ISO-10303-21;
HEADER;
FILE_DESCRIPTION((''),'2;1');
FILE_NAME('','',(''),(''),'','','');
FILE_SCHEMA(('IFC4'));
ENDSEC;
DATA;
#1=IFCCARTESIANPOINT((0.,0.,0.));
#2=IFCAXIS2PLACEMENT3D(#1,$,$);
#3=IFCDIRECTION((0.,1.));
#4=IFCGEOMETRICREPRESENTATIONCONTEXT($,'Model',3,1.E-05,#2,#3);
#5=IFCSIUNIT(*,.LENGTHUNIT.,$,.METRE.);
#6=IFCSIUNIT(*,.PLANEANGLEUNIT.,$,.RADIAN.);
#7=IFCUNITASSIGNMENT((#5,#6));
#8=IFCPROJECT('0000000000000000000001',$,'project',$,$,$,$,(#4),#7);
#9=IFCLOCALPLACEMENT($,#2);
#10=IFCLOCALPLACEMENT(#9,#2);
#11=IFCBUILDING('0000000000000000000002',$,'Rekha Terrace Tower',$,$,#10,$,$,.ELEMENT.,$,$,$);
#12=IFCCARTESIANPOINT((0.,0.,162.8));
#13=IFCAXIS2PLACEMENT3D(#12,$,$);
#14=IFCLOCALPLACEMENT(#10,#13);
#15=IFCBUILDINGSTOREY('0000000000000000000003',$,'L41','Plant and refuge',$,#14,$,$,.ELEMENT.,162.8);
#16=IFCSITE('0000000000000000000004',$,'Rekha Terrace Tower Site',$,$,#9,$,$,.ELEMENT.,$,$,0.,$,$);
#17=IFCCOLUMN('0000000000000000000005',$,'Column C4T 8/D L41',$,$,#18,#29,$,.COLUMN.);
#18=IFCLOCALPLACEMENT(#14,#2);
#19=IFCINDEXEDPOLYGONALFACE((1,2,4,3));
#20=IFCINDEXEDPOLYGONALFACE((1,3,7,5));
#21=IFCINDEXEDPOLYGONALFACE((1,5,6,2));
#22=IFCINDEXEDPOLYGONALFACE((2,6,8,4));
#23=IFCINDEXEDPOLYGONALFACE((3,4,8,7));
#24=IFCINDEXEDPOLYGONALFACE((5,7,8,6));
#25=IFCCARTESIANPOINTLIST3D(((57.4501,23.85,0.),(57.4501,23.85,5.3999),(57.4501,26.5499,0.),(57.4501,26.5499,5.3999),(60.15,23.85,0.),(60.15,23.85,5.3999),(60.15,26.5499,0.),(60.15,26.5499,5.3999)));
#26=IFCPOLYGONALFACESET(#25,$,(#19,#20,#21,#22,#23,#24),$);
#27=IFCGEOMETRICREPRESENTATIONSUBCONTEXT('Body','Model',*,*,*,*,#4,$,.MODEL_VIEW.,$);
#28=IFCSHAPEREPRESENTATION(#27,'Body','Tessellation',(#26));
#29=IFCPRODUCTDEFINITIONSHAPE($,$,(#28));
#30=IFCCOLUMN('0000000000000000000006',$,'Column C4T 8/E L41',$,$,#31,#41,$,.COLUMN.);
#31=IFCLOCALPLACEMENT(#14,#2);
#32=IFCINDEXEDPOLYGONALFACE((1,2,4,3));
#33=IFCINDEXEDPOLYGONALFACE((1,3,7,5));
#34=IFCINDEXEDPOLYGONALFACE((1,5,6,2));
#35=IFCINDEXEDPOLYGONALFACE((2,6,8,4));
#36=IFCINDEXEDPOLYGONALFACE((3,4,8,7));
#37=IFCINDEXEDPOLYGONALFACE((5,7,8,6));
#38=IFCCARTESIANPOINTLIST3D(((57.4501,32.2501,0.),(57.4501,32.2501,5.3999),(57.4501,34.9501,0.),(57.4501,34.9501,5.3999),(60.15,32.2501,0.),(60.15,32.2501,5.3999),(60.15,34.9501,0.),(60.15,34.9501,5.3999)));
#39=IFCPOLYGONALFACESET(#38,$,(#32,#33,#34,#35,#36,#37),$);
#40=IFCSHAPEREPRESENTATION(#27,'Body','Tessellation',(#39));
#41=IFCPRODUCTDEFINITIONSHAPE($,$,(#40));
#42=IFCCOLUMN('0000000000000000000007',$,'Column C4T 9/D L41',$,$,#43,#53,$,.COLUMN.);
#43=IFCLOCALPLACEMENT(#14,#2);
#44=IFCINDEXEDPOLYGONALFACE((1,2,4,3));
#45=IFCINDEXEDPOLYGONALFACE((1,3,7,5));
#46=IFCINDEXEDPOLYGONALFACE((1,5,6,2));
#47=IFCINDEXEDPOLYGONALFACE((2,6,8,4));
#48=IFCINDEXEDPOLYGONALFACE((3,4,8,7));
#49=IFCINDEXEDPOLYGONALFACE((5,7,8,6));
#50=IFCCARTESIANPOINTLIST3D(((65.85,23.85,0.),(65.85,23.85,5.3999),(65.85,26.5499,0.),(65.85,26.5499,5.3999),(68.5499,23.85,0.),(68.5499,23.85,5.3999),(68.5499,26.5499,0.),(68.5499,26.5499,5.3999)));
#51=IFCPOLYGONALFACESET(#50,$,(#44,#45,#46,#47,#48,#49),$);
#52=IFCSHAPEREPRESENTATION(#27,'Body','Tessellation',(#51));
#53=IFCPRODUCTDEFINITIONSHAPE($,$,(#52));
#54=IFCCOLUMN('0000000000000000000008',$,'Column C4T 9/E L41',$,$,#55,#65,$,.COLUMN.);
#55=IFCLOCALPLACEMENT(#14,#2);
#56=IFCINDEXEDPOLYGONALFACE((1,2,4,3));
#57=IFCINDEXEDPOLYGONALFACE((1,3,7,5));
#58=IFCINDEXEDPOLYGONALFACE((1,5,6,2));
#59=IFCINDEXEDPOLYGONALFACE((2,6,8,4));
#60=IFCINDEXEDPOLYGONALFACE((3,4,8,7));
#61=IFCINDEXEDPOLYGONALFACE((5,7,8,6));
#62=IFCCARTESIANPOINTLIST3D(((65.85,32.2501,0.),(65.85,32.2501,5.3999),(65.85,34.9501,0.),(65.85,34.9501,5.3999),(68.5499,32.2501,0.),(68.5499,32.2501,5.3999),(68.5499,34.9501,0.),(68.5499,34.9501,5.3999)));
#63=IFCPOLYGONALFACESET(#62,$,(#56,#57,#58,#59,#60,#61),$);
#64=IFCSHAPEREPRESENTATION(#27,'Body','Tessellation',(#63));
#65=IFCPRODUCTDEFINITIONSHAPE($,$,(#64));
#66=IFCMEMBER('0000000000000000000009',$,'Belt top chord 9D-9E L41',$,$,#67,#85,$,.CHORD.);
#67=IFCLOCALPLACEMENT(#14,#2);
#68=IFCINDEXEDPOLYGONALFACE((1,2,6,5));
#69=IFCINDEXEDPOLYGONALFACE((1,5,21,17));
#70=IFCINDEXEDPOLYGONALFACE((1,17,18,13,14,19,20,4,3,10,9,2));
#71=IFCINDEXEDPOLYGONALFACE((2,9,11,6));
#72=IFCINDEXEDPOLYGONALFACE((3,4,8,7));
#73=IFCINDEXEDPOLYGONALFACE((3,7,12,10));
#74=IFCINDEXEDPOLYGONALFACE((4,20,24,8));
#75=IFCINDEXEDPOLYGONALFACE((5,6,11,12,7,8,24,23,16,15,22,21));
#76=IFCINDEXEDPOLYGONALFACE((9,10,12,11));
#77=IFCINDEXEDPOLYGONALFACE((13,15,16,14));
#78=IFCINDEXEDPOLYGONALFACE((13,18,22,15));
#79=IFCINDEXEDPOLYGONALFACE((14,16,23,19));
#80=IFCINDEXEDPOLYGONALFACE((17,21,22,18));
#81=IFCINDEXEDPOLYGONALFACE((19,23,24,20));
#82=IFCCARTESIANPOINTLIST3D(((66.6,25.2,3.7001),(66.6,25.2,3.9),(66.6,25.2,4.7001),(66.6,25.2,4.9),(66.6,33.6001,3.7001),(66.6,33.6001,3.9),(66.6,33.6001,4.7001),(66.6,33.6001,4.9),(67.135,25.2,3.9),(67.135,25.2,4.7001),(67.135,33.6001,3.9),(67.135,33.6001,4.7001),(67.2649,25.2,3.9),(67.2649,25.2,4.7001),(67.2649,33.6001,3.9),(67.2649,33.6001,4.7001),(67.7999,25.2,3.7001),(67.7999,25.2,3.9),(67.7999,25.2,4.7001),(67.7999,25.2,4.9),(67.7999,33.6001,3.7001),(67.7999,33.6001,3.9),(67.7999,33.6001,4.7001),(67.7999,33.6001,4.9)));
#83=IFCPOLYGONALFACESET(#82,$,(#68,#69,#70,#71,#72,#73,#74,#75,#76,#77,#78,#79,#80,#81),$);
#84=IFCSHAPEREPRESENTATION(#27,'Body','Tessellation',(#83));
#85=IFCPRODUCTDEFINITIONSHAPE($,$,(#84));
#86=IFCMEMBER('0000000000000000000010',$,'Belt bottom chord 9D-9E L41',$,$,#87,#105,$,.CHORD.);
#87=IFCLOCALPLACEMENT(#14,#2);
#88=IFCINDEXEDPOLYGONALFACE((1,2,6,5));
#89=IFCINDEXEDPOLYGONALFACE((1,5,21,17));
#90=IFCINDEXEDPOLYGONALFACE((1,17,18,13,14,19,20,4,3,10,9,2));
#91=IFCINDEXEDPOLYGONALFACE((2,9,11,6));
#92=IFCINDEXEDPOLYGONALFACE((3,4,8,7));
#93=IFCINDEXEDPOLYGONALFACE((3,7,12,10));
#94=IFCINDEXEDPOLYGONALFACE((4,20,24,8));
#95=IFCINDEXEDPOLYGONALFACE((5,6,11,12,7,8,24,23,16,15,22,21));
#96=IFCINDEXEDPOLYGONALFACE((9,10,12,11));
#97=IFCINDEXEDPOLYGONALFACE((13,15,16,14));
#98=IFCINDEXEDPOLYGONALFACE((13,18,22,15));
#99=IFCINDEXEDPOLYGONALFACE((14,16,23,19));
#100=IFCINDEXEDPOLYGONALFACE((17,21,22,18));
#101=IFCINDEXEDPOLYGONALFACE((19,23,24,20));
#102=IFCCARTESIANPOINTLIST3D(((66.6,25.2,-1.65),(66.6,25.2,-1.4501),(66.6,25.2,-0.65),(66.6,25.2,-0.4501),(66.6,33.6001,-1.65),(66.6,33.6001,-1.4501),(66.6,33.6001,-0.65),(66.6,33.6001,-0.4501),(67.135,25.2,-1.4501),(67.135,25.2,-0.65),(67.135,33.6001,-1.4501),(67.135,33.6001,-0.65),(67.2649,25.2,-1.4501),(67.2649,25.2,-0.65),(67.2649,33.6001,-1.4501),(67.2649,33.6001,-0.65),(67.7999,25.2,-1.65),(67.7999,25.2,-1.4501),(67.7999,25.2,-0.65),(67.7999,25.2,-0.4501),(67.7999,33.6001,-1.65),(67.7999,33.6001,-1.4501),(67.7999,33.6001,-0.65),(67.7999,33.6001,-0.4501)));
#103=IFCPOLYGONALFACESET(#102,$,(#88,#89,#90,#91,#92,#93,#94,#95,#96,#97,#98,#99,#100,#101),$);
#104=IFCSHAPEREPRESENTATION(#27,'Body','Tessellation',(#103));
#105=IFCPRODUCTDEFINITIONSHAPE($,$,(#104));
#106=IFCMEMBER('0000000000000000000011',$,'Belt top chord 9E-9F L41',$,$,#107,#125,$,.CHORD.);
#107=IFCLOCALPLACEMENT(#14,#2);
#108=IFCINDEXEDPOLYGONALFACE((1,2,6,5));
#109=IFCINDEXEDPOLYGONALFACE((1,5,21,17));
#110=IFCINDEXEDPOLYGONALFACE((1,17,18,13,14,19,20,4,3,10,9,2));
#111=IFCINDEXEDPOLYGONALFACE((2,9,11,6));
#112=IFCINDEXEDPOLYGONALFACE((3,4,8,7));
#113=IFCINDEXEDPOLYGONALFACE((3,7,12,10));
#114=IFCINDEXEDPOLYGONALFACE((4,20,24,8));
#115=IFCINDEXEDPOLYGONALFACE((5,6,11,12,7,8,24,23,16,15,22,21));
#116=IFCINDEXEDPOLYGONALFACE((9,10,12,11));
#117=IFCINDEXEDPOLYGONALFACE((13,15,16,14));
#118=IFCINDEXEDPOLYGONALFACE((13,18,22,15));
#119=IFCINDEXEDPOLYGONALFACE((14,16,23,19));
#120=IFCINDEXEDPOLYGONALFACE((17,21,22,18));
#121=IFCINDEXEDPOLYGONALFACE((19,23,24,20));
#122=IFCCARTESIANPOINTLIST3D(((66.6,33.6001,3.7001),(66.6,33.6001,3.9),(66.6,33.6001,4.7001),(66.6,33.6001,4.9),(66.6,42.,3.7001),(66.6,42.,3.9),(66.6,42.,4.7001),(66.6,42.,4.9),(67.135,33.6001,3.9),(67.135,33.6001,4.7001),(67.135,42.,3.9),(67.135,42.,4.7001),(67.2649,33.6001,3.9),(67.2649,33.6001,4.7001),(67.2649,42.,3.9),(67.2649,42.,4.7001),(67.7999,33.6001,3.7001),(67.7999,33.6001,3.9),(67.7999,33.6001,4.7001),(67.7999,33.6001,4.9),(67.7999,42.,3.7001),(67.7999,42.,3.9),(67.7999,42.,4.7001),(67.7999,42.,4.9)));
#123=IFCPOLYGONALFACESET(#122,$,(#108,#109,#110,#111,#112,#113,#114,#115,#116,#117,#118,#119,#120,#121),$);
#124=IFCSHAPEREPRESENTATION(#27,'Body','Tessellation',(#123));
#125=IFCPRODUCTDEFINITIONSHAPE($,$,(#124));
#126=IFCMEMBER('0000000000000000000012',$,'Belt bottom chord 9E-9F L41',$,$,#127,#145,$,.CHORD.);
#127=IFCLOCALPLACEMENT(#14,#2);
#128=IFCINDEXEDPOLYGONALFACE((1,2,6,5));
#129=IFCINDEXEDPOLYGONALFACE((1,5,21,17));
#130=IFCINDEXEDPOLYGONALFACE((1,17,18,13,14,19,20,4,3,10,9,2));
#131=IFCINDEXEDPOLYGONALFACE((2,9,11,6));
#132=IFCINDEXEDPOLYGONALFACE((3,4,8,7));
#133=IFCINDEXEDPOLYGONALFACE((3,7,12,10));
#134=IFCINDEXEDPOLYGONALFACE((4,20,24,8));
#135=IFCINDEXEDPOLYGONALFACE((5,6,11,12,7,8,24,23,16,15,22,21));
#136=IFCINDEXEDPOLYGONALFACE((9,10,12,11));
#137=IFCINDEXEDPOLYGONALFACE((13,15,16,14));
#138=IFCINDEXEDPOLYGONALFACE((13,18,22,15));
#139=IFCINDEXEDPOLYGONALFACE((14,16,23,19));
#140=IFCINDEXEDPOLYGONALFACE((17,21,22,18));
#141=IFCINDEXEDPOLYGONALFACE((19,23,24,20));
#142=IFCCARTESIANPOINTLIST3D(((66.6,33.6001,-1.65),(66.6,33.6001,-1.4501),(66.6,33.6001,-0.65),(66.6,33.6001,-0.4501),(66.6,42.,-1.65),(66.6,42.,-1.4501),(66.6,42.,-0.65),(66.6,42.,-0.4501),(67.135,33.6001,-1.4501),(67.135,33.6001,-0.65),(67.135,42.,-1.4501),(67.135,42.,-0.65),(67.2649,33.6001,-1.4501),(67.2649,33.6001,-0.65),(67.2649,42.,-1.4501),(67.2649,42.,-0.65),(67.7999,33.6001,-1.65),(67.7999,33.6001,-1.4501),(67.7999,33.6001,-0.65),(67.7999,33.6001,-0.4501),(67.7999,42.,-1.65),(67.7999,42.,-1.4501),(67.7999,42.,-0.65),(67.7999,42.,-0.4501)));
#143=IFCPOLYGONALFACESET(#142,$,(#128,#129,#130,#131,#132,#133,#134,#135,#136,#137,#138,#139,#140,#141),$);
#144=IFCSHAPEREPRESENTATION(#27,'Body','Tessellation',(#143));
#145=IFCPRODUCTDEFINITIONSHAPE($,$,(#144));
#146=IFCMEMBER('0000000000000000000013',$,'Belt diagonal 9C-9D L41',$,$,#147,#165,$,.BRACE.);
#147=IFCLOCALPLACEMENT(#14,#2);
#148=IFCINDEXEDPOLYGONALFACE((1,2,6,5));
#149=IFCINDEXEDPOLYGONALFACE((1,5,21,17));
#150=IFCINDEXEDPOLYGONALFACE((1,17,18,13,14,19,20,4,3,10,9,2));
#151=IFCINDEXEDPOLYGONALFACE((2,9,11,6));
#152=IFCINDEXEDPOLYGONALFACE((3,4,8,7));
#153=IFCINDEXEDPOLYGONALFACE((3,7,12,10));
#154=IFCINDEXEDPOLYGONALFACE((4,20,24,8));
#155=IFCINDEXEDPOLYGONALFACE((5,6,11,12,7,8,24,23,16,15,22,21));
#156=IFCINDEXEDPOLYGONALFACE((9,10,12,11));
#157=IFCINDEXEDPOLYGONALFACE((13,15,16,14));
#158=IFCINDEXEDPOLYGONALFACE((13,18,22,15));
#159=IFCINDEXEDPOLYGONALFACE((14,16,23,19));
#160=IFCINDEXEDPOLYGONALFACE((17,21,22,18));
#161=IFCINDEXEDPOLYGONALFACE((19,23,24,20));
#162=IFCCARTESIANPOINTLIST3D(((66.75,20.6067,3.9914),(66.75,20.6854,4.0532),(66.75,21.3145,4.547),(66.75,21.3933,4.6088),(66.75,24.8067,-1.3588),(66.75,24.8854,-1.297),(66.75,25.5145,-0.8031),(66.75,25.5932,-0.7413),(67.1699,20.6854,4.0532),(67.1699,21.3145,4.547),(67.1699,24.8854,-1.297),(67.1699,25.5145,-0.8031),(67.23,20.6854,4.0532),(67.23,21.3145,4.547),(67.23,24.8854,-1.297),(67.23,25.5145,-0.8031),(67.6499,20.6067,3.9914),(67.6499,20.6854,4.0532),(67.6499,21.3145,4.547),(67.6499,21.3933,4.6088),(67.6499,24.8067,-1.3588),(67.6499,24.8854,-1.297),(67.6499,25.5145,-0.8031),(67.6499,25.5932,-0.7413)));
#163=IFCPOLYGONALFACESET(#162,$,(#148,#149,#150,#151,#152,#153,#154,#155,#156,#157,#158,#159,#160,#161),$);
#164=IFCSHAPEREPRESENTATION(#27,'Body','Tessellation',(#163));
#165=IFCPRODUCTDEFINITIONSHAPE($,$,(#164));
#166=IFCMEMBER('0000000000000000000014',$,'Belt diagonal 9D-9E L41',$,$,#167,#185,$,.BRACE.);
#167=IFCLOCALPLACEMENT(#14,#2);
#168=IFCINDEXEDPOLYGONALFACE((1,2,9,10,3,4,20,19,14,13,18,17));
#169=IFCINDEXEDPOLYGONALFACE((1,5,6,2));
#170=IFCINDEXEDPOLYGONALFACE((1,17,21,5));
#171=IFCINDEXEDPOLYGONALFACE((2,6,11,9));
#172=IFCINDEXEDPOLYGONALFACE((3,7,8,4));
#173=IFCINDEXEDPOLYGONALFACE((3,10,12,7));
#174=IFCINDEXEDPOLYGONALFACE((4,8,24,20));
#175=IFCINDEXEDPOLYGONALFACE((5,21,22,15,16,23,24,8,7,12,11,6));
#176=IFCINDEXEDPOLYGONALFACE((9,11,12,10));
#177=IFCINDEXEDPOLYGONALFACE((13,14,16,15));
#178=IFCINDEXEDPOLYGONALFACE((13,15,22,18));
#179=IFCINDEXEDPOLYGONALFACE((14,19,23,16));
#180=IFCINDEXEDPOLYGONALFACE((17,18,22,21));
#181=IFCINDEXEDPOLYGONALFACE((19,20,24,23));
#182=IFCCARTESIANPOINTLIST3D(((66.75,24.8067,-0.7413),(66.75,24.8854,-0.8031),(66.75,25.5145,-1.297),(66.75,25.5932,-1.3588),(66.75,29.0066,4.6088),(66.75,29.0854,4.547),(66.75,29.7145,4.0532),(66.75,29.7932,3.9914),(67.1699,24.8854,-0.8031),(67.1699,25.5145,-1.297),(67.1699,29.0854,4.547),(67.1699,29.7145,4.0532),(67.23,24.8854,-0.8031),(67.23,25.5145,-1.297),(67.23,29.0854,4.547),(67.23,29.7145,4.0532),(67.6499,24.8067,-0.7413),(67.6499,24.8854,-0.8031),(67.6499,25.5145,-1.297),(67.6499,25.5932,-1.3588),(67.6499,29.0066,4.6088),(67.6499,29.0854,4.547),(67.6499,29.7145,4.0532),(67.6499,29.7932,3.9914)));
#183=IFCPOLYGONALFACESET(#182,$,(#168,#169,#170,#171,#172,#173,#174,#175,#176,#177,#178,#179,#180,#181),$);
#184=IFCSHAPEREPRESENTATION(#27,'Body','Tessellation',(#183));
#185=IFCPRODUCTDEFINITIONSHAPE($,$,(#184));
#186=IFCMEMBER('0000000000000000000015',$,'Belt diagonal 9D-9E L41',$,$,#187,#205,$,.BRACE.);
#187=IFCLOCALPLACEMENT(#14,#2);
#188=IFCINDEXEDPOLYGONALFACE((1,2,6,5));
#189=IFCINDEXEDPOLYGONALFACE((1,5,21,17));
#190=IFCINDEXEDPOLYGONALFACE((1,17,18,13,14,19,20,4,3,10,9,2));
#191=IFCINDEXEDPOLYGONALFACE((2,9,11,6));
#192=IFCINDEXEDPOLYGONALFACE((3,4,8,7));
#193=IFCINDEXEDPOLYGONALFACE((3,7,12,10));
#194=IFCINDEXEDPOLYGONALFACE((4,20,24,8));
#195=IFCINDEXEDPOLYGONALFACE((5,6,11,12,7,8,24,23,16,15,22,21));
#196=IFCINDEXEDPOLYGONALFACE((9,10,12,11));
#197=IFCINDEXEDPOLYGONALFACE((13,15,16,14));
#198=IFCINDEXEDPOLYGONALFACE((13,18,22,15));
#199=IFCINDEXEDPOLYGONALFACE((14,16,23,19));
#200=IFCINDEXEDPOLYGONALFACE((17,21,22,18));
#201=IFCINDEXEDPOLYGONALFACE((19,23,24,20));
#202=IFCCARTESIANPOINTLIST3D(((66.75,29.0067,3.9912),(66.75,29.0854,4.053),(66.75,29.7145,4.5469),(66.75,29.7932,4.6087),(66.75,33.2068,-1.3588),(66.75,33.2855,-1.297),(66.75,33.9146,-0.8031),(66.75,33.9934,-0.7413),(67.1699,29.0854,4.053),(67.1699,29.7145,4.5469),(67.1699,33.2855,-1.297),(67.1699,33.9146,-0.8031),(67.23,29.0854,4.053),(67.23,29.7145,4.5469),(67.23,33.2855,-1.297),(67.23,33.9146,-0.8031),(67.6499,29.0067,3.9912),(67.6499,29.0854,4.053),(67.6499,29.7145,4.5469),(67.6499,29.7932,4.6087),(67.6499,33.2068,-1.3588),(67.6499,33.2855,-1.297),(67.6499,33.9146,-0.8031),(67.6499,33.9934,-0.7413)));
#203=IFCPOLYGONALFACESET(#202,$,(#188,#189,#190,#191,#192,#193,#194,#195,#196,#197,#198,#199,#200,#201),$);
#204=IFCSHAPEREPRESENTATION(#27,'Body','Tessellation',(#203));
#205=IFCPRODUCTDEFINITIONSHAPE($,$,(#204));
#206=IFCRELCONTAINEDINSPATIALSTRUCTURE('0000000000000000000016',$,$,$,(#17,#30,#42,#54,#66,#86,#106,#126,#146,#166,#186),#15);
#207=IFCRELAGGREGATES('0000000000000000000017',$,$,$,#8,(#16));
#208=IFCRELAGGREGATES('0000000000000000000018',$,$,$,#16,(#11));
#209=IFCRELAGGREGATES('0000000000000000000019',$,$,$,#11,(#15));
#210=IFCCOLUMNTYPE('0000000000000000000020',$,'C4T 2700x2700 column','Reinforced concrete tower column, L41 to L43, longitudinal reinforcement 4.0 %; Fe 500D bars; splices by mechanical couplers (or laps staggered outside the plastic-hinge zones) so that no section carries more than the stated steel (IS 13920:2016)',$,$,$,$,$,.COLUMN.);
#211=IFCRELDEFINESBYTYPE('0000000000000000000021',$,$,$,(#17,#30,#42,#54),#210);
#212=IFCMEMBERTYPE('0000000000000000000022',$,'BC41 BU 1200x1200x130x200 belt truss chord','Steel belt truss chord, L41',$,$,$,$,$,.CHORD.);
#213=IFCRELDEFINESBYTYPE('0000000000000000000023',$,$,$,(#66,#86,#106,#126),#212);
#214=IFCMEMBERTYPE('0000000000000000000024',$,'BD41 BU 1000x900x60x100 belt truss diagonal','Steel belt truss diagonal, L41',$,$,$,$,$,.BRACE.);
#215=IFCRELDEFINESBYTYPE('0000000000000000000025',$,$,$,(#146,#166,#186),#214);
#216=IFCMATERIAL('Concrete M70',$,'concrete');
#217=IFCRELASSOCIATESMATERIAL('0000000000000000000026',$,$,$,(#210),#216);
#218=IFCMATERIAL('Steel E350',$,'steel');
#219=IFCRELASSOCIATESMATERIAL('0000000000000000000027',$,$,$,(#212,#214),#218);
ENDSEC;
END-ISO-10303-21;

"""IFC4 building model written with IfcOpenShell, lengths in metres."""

from ifc_helpers import new_model, si_unit, direction, frame, origin, origin_2d, place, context, subcontext, project, spatial, rectangle, i_section, extrude, material, material_profile, profile_set, type_object, element, save


model = new_model("IFC4")

# Units and contexts
model_context = context("Model", 3, precision=1e-05, world=origin(), true_north=direction((0.0, 1.0)))
body_context = subcontext(model_context, "Body", "Model", "MODEL_VIEW")
ifc_project = project(units=[si_unit("LENGTHUNIT", "METRE"), si_unit("PLANEANGLEUNIT", "RADIAN")], contexts=[model_context])

# Site, building, storey
site_placement = place(None, origin())
site = spatial("IfcSite", under=ifc_project, at=site_placement, Name="Rekha Terrace Tower Site", CompositionType="ELEMENT", RefElevation=0.0)
building_placement = place(site_placement, origin())
building = spatial("IfcBuilding", under=site, at=building_placement, Name="Rekha Terrace Tower", CompositionType="ELEMENT")
storey_placement = place(building_placement, frame((0.0, 0.0, 162.8)))
storey = spatial("IfcBuildingStorey", under=building, at=storey_placement, Name="L41", Description="Plant and refuge", CompositionType="ELEMENT", Elevation=162.8)

# Columns
ifc_material_1 = material(Name="Concrete M70", Category="concrete")
ifc_material_profile_1 = material_profile(ifc_material_1, rectangle(XDim=2.7, YDim=2.7, at=origin_2d()), Name="RC 2700x2700")
ifc_profile_set_1 = profile_set([ifc_material_profile_1], Name="Concrete M70")
column_type = type_object("IfcColumnType", Name="C4T 2700x2700 column", Description="Reinforced concrete tower column, L41 to L43, longitudinal reinforcement 4.0 %; Fe 500D bars; splices by mechanical couplers (or laps staggered outside the plastic-hinge zones) so that no section carries more than the stated steel (IS 13920:2016)", PredefinedType="COLUMN", material=ifc_profile_set_1)
for number, where, z_axis, x_axis, name in (
    (1, (58.8, 25.2, 0.0), (0.0, 0.0, 1.0), (1.0, 0.0, 0.0), "Column C4T 8/D L41"),
    (2, (58.8, 33.6001, 0.0), (0.0, 0.0, 1.0), (1.0, 0.0, 0.0), "Column C4T 8/E L41"),
    (3, (67.2, 25.2, 0.0), (0.0, 0.0, 1.0), (1.0, 0.0, 0.0), "Column C4T 9/D L41"),
    (4, (67.2, 33.6001, 0.0), (0.0, 0.0, 1.0), (1.0, 0.0, 0.0), "Column C4T 9/E L41"),
):
    element("IfcColumn", number, at=place(storey_placement, frame(where, z_axis=z_axis, x_axis=x_axis)), inside=storey, type_object=column_type, Name=name, PredefinedType="COLUMN", context=body_context, shape_type="SweptSolid", body=[
        extrude(rectangle(XDim=2.7, YDim=2.7, at=origin_2d()), origin(), (0.0, 0.0, 1.0), 5.3999),
    ])

# Members
ifc_material_2 = material(Name="Steel E350", Category="steel")
ifc_material_profile_2 = material_profile(ifc_material_2, i_section(OverallWidth=1.2, OverallDepth=1.2, WebThickness=0.1299, FlangeThickness=0.2, at=origin_2d()), Name="BU 1200x1200x130x200")
ifc_profile_set_2 = profile_set([ifc_material_profile_2], Name="Steel E350")
member_type_1 = type_object("IfcMemberType", Name="BC41 BU 1200x1200x130x200 belt truss chord", Description="Steel belt truss chord, L41", PredefinedType="CHORD", material=ifc_profile_set_2)
for number, where, z_axis, x_axis, name in (
    (5, (67.2, 25.2, 4.3), (0.0, 1.0, 0.0), (-1.0, 0.0, 0.0), "Belt top chord 9D-9E L41"),
    (6, (67.2, 25.2, -1.05), (0.0, 1.0, 0.0), (-1.0, 0.0, 0.0), "Belt bottom chord 9D-9E L41"),
):
    element("IfcMember", number, at=place(storey_placement, frame(where, z_axis=z_axis, x_axis=x_axis)), inside=storey, type_object=member_type_1, Name=name, PredefinedType="CHORD", context=body_context, shape_type="SweptSolid", body=[
        extrude(i_section(OverallWidth=1.2, OverallDepth=1.2, WebThickness=0.1299, FlangeThickness=0.2, at=origin_2d()), origin(), (0.0, 0.0, 1.0), 8.4001),
    ])
for number, where, z_axis, x_axis, name in (
    (7, (67.2, 33.6001, 4.3), (0.0, 1.0, 0.0), (-1.0, 0.0, 0.0), "Belt top chord 9E-9F L41"),
    (8, (67.2, 33.6001, -1.05), (0.0, 1.0, 0.0), (-1.0, 0.0, 0.0), "Belt bottom chord 9E-9F L41"),
):
    element("IfcMember", number, at=place(storey_placement, frame(where, z_axis=z_axis, x_axis=x_axis)), inside=storey, type_object=member_type_1, Name=name, PredefinedType="CHORD", context=body_context, shape_type="SweptSolid", body=[
        extrude(i_section(OverallWidth=1.2, OverallDepth=1.2, WebThickness=0.1299, FlangeThickness=0.2, at=origin_2d()), origin(), (0.0, 0.0, 1.0), 8.3999),
    ])
ifc_material_profile_3 = material_profile(ifc_material_2, i_section(OverallWidth=0.8999, OverallDepth=1.0, WebThickness=0.0601, FlangeThickness=0.1001, at=origin_2d()), Name="BU 1000x900x60x100")
ifc_profile_set_3 = profile_set([ifc_material_profile_3], Name="Steel E350")
member_type_2 = type_object("IfcMemberType", Name="BD41 BU 1000x900x60x100 belt truss diagonal", Description="Steel belt truss diagonal, L41", PredefinedType="BRACE", material=ifc_profile_set_3)
for number, where, z_axis, x_axis, name in (
    (9, (67.2, 25.2, -1.05), (0.0, -0.617485, 0.786582), (1.0, 0.0, 0.0), "Belt diagonal 9C-9D L41"),
    (10, (67.2, 25.2, -1.05), (0.0, 0.617485, 0.786582), (-1.0, 0.0, 0.0), "Belt diagonal 9D-9E L41"),
    (11, (67.2, 33.6001, -1.05), (0.0, -0.617508, 0.786565), (1.0, 0.0, 0.0), "Belt diagonal 9D-9E L41"),
):
    element("IfcMember", number, at=place(storey_placement, frame(where, z_axis=z_axis, x_axis=x_axis)), inside=storey, type_object=member_type_2, Name=name, PredefinedType="BRACE", context=body_context, shape_type="SweptSolid", body=[
        extrude(i_section(OverallWidth=0.8999, OverallDepth=1.0, WebThickness=0.0601, FlangeThickness=0.1001, at=origin_2d()), origin(), (0.0, 0.0, 1.0), 6.8018),
    ])

save(model, "model.ifc")
